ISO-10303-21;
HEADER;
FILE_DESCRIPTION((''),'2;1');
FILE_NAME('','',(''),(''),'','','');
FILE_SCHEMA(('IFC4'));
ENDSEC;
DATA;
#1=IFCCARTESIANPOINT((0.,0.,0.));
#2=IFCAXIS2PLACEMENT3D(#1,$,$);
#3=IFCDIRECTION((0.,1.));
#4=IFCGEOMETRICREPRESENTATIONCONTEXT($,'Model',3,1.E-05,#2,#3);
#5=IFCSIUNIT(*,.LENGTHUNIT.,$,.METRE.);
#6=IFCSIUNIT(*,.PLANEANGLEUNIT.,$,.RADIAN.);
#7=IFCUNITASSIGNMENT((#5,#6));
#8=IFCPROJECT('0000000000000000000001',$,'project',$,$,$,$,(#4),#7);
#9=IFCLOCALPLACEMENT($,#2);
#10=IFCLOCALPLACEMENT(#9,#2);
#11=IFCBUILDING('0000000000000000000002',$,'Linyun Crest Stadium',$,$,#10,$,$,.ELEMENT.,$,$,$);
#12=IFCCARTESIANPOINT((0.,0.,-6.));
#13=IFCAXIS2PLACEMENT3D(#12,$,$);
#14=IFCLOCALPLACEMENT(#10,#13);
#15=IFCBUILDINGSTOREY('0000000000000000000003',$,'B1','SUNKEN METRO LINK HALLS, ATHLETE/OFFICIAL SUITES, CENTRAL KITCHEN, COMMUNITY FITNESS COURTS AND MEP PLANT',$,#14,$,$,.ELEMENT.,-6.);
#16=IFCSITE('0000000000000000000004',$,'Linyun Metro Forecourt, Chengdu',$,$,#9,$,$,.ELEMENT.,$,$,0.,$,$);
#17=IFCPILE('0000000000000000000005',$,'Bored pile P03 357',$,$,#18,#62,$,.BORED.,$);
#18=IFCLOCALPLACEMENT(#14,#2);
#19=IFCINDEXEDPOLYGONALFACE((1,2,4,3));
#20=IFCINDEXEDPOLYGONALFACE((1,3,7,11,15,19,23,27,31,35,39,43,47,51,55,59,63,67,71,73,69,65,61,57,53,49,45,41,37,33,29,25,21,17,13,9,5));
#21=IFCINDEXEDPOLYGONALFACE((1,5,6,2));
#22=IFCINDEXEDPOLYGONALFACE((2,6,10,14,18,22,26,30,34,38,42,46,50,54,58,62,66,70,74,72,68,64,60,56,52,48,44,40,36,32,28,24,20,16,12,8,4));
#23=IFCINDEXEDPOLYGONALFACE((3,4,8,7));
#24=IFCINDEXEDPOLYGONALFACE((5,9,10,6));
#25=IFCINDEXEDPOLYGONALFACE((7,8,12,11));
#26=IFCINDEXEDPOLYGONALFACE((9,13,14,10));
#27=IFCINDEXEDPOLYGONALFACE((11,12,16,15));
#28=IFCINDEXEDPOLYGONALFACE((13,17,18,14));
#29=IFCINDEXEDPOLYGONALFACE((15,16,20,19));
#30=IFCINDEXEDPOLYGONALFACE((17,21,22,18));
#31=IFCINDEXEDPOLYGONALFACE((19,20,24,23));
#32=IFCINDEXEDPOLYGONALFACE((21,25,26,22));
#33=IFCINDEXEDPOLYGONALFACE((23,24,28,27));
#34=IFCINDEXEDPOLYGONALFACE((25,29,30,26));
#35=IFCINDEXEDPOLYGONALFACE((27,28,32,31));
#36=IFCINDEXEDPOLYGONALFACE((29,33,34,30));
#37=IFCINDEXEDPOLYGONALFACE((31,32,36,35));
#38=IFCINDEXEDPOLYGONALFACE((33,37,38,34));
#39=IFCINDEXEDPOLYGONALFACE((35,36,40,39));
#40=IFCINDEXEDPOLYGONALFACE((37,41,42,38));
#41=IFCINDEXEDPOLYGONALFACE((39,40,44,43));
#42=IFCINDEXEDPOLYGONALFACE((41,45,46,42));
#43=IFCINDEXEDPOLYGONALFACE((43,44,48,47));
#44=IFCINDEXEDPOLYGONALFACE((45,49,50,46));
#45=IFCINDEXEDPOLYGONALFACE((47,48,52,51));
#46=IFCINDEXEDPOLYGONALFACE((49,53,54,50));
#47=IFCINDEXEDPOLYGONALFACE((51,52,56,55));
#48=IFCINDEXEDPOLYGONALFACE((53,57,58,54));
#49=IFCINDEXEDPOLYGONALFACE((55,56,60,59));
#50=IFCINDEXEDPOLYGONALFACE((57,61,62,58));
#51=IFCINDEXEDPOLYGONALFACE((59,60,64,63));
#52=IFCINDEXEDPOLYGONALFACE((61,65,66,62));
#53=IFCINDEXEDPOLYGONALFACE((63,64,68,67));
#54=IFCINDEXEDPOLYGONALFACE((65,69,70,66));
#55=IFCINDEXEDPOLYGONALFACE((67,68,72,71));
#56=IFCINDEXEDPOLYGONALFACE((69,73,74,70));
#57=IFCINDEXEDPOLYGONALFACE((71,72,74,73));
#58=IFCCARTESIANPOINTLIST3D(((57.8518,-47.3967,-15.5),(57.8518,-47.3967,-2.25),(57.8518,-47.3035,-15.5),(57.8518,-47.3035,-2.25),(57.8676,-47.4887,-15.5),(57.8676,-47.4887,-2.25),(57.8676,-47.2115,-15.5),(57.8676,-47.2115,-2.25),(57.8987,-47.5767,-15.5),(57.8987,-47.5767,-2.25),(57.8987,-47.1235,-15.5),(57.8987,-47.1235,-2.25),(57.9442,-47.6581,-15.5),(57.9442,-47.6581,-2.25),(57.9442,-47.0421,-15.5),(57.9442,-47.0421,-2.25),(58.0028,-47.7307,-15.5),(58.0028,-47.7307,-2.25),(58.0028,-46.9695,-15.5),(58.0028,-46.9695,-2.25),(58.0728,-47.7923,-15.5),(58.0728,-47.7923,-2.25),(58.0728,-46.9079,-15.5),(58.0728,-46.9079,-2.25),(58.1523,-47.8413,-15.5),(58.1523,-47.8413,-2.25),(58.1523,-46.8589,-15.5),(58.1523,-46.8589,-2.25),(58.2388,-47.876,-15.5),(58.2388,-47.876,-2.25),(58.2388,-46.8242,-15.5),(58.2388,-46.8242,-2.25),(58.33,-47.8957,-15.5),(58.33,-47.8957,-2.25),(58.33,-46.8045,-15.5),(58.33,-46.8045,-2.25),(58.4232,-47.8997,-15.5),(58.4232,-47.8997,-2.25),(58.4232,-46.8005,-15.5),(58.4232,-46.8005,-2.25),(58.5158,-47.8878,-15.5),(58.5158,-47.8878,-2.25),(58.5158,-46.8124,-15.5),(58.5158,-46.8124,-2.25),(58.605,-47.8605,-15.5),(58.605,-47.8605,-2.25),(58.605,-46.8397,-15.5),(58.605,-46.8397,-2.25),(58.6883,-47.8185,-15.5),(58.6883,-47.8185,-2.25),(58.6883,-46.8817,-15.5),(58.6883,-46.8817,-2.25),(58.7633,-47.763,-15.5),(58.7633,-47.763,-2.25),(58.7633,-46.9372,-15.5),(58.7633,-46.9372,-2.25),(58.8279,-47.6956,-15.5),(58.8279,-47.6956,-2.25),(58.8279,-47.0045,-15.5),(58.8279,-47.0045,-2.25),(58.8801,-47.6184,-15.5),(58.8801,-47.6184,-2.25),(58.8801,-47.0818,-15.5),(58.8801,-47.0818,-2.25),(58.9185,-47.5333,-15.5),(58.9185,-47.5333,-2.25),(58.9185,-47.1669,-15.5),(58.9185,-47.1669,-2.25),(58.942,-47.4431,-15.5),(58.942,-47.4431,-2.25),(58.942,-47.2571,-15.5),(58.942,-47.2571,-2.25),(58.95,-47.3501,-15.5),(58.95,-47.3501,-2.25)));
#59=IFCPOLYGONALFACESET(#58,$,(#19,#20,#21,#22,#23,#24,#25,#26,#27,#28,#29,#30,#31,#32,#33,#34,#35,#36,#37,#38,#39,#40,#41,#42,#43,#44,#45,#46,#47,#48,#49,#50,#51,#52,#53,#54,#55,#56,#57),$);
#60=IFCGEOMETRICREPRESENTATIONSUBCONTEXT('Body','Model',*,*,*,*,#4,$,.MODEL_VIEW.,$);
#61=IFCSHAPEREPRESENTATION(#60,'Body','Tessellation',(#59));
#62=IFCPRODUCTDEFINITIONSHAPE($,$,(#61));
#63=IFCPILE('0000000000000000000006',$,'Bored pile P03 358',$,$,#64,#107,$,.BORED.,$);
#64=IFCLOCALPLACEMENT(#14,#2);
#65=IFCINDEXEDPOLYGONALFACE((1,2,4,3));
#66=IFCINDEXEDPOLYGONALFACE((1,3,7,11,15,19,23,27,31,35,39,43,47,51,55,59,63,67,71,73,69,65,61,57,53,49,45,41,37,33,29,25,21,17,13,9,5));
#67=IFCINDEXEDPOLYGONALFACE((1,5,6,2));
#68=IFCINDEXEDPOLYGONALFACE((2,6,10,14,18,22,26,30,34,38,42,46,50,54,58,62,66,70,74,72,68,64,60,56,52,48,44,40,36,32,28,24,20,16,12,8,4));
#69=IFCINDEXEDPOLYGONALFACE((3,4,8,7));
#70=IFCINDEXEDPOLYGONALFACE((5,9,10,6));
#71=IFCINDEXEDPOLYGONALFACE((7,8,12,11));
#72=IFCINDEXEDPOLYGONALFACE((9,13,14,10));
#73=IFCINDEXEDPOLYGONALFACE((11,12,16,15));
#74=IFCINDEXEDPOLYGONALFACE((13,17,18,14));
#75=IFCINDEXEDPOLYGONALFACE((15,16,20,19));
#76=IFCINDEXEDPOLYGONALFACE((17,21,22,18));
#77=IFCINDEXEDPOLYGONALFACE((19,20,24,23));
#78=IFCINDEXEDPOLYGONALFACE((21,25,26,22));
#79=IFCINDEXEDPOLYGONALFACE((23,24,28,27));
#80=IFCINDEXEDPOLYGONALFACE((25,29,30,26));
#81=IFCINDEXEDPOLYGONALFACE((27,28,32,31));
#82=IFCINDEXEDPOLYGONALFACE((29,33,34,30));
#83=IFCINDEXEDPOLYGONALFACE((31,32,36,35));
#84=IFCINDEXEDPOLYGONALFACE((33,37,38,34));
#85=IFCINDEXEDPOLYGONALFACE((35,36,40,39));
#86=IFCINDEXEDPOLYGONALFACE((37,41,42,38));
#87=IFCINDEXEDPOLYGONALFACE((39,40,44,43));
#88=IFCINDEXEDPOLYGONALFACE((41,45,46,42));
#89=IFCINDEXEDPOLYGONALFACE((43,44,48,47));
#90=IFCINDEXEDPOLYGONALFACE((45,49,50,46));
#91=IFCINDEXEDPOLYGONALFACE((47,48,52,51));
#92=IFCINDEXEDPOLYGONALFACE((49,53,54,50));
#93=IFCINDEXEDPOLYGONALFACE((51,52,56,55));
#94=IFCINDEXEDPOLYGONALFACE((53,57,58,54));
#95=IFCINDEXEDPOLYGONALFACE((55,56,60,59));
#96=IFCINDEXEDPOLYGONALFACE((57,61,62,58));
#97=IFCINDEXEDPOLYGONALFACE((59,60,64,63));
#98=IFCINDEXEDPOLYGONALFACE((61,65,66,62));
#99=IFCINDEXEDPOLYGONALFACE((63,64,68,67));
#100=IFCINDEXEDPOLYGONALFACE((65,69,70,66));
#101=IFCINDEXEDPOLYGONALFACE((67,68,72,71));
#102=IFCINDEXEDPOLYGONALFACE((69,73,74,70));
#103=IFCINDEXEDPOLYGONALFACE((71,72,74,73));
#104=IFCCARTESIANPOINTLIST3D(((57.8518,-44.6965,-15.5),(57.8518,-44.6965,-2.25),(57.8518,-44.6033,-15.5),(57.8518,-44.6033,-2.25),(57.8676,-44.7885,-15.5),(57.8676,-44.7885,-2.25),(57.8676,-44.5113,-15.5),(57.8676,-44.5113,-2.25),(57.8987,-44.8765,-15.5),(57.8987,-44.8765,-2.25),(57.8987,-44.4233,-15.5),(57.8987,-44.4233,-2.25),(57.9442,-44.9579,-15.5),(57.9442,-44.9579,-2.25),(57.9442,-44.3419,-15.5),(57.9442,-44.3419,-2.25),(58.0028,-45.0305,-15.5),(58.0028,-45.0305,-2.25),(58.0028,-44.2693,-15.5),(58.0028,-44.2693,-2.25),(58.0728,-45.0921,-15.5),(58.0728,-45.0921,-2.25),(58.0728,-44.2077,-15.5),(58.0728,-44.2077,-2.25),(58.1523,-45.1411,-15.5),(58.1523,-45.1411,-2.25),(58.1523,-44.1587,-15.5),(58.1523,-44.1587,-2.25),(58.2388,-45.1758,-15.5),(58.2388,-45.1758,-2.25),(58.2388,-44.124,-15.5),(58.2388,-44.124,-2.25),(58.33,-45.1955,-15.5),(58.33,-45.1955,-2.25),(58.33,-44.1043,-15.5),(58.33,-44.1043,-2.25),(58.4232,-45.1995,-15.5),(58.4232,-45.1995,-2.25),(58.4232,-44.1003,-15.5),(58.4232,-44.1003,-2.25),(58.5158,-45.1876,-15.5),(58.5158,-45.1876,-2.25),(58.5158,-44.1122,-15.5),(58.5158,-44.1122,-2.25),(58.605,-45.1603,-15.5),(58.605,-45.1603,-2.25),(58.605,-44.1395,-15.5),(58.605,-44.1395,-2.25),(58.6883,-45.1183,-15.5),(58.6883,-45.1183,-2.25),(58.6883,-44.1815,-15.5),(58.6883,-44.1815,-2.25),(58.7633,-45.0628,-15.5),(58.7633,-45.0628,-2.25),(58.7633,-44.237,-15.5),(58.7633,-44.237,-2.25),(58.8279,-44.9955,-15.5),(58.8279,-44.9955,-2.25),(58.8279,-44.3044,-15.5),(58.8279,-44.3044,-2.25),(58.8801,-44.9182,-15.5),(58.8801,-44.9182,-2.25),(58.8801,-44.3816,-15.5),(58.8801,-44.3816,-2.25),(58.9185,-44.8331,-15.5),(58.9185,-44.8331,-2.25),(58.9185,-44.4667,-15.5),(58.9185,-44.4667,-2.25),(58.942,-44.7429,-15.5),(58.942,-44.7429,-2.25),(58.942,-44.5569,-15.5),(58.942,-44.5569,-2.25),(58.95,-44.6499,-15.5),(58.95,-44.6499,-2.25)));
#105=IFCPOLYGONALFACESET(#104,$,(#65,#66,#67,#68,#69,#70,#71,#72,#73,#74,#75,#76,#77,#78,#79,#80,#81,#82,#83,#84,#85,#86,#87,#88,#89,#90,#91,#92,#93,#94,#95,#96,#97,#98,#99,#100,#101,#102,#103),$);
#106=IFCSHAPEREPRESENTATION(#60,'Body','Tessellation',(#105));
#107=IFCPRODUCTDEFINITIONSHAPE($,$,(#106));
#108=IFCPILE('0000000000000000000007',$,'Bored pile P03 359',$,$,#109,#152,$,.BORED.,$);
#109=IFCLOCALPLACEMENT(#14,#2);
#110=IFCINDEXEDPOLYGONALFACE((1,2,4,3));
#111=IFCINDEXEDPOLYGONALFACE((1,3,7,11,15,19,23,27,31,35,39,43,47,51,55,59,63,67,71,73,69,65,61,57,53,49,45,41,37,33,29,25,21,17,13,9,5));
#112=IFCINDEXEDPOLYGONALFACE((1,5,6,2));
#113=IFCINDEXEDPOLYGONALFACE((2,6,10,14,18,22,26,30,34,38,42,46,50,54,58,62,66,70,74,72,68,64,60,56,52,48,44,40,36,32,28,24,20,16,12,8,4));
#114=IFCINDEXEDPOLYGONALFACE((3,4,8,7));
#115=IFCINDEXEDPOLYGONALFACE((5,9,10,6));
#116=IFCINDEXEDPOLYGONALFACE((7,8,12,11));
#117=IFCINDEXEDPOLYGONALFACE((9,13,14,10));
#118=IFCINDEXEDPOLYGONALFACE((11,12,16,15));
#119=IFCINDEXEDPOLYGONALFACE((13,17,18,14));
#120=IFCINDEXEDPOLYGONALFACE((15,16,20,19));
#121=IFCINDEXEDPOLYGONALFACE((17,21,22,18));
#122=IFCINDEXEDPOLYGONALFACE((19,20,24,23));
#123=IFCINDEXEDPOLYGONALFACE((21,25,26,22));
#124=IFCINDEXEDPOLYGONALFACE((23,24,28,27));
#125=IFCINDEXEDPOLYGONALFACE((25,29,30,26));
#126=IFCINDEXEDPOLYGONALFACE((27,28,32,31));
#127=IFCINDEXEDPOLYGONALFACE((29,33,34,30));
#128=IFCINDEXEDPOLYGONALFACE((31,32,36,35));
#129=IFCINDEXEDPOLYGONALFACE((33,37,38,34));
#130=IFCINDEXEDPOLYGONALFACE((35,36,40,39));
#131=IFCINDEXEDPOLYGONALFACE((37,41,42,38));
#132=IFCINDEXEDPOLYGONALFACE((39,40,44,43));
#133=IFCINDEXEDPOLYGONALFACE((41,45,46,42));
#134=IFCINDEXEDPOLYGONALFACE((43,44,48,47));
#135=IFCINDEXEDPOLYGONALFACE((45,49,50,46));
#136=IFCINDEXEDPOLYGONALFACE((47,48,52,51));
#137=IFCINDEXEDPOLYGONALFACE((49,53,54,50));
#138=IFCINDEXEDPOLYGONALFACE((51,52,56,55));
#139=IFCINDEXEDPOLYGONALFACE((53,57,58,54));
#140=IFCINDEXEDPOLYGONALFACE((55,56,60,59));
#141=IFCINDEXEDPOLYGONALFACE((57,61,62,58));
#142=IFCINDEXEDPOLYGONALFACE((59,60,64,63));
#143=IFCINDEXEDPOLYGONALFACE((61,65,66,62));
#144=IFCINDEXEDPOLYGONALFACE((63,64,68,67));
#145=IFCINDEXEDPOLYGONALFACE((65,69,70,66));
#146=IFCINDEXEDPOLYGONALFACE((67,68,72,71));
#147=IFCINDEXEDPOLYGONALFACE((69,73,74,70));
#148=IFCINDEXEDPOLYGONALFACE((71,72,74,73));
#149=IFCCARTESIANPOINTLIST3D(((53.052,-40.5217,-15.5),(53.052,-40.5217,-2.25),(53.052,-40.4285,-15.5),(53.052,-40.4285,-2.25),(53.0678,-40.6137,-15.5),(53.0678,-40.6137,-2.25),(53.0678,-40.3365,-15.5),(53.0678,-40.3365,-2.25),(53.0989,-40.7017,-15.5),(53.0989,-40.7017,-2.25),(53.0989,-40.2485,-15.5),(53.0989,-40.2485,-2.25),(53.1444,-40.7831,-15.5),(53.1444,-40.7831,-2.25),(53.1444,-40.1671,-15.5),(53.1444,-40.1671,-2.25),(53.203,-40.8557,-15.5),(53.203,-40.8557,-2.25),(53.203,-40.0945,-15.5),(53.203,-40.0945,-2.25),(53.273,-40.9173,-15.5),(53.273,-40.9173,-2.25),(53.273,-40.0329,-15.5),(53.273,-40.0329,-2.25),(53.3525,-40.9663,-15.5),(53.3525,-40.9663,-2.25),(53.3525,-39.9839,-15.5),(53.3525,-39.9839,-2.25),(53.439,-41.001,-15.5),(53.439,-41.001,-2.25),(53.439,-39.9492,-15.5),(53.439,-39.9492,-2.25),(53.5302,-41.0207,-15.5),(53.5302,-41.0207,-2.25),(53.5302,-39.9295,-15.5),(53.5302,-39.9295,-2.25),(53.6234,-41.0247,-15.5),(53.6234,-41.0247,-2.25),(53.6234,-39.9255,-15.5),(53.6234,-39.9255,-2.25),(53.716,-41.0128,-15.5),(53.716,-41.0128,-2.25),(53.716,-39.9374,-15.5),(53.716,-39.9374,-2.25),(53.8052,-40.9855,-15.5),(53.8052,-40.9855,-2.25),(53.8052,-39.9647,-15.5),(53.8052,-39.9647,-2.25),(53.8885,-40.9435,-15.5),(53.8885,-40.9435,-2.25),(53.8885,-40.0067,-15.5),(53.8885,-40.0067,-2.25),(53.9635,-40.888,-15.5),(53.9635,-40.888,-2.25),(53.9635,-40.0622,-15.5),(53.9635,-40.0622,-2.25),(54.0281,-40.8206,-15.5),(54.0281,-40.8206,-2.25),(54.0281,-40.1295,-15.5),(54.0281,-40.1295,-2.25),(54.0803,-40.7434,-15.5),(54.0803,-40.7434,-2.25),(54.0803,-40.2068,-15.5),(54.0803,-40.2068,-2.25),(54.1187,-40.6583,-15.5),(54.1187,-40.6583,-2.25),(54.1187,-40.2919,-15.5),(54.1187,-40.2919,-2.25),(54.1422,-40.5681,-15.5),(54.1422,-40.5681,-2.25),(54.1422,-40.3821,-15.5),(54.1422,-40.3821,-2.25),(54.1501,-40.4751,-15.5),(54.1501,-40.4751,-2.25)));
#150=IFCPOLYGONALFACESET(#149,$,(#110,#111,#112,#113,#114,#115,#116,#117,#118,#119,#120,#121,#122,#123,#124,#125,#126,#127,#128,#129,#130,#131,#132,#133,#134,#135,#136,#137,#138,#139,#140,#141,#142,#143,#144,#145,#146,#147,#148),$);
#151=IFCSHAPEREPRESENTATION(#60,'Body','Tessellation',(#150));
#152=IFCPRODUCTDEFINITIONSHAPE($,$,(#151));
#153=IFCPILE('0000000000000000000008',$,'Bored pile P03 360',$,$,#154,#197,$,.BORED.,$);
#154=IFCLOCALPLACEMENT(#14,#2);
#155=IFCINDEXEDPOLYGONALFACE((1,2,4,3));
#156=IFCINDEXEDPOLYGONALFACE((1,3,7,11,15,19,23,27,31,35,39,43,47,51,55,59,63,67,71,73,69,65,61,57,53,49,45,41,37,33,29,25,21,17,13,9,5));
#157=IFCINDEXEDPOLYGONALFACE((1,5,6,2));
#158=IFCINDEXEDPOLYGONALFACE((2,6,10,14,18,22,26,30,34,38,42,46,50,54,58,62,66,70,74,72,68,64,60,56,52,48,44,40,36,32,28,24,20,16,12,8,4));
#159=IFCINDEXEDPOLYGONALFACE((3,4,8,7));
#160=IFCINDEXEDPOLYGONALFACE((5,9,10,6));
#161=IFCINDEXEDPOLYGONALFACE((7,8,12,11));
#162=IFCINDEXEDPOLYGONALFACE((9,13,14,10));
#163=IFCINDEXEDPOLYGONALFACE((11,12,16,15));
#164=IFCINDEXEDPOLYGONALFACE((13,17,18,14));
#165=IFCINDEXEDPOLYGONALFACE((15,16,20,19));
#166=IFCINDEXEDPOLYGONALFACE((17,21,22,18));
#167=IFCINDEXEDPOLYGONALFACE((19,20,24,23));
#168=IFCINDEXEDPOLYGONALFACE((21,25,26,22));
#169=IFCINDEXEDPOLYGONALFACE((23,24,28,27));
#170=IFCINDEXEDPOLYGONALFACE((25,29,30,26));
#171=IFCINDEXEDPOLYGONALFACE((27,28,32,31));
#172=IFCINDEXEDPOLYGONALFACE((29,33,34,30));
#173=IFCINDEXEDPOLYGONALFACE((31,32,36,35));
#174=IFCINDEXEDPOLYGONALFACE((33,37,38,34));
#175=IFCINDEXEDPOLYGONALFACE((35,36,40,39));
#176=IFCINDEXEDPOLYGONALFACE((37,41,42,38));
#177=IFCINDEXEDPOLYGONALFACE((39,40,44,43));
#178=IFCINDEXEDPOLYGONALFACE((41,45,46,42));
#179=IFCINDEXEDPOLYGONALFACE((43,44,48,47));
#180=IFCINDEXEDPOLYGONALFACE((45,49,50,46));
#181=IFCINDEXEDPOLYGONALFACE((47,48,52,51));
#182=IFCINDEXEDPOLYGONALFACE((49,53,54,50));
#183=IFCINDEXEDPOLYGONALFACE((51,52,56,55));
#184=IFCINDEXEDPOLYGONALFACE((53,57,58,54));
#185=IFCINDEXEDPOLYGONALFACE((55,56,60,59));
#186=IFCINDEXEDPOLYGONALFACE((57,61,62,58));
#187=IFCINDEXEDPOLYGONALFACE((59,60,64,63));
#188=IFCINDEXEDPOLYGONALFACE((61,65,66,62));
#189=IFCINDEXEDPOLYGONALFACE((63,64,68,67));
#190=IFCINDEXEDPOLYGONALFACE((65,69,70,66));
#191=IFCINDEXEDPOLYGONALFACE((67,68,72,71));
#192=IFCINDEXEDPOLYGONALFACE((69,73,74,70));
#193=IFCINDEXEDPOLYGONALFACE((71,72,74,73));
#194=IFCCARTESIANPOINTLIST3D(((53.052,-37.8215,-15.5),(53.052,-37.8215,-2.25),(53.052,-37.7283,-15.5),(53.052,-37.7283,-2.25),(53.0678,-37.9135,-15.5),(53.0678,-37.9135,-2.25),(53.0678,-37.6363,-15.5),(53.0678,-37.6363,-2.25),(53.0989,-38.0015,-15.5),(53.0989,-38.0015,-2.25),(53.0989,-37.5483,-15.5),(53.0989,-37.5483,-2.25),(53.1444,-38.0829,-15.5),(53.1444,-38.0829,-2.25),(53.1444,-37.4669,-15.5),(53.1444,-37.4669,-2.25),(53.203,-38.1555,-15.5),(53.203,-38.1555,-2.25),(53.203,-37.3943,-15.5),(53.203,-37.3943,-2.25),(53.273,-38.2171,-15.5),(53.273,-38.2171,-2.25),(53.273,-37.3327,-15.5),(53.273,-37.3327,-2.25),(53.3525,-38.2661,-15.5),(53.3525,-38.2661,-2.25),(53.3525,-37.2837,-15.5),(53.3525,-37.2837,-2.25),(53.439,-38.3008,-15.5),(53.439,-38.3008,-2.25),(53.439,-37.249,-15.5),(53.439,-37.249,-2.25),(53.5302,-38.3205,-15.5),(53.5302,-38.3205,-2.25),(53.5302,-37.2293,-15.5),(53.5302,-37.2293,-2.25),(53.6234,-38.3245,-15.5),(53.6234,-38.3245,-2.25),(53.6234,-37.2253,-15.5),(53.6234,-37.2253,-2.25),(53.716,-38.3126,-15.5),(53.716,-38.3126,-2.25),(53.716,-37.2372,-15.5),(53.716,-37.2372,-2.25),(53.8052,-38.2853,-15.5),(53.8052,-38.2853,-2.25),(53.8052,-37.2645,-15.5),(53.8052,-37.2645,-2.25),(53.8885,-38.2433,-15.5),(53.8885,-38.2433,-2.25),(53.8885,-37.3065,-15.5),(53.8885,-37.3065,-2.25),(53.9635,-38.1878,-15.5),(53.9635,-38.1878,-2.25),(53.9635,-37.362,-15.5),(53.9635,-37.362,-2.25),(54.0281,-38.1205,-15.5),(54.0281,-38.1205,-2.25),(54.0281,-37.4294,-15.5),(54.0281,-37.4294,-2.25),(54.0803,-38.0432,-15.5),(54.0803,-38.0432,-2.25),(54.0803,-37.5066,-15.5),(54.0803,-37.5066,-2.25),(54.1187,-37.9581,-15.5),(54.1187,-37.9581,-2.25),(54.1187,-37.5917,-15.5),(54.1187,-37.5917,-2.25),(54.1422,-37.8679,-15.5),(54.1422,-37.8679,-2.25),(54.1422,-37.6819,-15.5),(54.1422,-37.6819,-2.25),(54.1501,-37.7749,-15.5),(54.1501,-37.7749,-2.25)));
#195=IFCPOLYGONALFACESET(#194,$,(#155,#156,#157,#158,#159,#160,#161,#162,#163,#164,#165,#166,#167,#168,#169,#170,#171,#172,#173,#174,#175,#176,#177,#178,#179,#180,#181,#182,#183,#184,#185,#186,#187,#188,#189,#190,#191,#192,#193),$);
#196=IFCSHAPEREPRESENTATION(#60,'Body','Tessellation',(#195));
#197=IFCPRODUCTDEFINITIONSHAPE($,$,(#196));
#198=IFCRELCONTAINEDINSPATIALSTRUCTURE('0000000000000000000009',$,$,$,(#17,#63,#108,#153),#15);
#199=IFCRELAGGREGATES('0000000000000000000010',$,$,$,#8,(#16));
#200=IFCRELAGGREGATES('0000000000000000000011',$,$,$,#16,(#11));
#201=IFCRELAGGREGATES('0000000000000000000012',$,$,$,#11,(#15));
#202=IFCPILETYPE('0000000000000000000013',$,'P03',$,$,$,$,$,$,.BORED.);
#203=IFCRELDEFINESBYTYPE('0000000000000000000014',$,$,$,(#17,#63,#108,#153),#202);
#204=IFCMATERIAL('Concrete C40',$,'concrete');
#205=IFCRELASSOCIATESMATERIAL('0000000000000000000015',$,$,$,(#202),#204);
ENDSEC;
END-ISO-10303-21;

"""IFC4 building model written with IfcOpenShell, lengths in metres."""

from ifc_helpers import new_model, si_unit, direction, frame, origin, origin_2d, place, context, subcontext, project, spatial, circle, extrude, material, material_profile, profile_set, type_object, element, save


model = new_model("IFC4")

# Units and contexts
model_context = context("Model", 3, precision=1e-05, world=origin(), true_north=direction((0.0, 1.0)))
body_context = subcontext(model_context, "Body", "Model", "MODEL_VIEW")
ifc_project = project(units=[si_unit("LENGTHUNIT", "METRE"), si_unit("PLANEANGLEUNIT", "RADIAN")], contexts=[model_context])

# Site, building, storey
site_placement = place(None, origin())
site = spatial("IfcSite", under=ifc_project, at=site_placement, Name="Linyun Metro Forecourt, Chengdu", CompositionType="ELEMENT", RefElevation=0.0)
building_placement = place(site_placement, origin())
building = spatial("IfcBuilding", under=site, at=building_placement, Name="Linyun Crest Stadium", CompositionType="ELEMENT")
storey_placement = place(building_placement, frame((0.0, 0.0, -6.0)))
storey = spatial("IfcBuildingStorey", under=building, at=storey_placement, Name="B1", Description="SUNKEN METRO LINK HALLS, ATHLETE/OFFICIAL SUITES, CENTRAL KITCHEN, COMMUNITY FITNESS COURTS AND MEP PLANT", CompositionType="ELEMENT", Elevation=-6.0)

# Piles
ifc_material_1 = material(Name="Concrete C40", Category="concrete")
ifc_material_profile_1 = material_profile(ifc_material_1, circle(Radius=0.55, at=origin_2d()), Name="BORED PILE 1100")
ifc_profile_set_1 = profile_set([ifc_material_profile_1], Name="Concrete C40")
pile_type = type_object("IfcPileType", Name="P03", PredefinedType="BORED", material=ifc_profile_set_1)
for number, where, z_axis, x_axis, name in (
    (1, (58.3999, -47.3501, -2.25), (0.0, 0.0, -1.0), (1.0, 0.0, 0.0), "Bored pile P03 357"),
    (2, (58.3999, -44.6499, -2.25), (0.0, 0.0, -1.0), (1.0, 0.0, 0.0), "Bored pile P03 358"),
    (3, (53.6001, -40.4751, -2.25), (0.0, 0.0, -1.0), (1.0, 0.0, 0.0), "Bored pile P03 359"),
    (4, (53.6001, -37.7749, -2.25), (0.0, 0.0, -1.0), (1.0, 0.0, 0.0), "Bored pile P03 360"),
):
    element("IfcPile", number, at=place(storey_placement, frame(where, z_axis=z_axis, x_axis=x_axis)), inside=storey, type_object=pile_type, Name=name, PredefinedType="BORED", context=body_context, shape_type="SweptSolid", body=[
        extrude(circle(Radius=0.55, at=origin_2d()), origin(), (0.0, 0.0, 1.0), 13.25),
    ])

save(model, "model.ifc")
